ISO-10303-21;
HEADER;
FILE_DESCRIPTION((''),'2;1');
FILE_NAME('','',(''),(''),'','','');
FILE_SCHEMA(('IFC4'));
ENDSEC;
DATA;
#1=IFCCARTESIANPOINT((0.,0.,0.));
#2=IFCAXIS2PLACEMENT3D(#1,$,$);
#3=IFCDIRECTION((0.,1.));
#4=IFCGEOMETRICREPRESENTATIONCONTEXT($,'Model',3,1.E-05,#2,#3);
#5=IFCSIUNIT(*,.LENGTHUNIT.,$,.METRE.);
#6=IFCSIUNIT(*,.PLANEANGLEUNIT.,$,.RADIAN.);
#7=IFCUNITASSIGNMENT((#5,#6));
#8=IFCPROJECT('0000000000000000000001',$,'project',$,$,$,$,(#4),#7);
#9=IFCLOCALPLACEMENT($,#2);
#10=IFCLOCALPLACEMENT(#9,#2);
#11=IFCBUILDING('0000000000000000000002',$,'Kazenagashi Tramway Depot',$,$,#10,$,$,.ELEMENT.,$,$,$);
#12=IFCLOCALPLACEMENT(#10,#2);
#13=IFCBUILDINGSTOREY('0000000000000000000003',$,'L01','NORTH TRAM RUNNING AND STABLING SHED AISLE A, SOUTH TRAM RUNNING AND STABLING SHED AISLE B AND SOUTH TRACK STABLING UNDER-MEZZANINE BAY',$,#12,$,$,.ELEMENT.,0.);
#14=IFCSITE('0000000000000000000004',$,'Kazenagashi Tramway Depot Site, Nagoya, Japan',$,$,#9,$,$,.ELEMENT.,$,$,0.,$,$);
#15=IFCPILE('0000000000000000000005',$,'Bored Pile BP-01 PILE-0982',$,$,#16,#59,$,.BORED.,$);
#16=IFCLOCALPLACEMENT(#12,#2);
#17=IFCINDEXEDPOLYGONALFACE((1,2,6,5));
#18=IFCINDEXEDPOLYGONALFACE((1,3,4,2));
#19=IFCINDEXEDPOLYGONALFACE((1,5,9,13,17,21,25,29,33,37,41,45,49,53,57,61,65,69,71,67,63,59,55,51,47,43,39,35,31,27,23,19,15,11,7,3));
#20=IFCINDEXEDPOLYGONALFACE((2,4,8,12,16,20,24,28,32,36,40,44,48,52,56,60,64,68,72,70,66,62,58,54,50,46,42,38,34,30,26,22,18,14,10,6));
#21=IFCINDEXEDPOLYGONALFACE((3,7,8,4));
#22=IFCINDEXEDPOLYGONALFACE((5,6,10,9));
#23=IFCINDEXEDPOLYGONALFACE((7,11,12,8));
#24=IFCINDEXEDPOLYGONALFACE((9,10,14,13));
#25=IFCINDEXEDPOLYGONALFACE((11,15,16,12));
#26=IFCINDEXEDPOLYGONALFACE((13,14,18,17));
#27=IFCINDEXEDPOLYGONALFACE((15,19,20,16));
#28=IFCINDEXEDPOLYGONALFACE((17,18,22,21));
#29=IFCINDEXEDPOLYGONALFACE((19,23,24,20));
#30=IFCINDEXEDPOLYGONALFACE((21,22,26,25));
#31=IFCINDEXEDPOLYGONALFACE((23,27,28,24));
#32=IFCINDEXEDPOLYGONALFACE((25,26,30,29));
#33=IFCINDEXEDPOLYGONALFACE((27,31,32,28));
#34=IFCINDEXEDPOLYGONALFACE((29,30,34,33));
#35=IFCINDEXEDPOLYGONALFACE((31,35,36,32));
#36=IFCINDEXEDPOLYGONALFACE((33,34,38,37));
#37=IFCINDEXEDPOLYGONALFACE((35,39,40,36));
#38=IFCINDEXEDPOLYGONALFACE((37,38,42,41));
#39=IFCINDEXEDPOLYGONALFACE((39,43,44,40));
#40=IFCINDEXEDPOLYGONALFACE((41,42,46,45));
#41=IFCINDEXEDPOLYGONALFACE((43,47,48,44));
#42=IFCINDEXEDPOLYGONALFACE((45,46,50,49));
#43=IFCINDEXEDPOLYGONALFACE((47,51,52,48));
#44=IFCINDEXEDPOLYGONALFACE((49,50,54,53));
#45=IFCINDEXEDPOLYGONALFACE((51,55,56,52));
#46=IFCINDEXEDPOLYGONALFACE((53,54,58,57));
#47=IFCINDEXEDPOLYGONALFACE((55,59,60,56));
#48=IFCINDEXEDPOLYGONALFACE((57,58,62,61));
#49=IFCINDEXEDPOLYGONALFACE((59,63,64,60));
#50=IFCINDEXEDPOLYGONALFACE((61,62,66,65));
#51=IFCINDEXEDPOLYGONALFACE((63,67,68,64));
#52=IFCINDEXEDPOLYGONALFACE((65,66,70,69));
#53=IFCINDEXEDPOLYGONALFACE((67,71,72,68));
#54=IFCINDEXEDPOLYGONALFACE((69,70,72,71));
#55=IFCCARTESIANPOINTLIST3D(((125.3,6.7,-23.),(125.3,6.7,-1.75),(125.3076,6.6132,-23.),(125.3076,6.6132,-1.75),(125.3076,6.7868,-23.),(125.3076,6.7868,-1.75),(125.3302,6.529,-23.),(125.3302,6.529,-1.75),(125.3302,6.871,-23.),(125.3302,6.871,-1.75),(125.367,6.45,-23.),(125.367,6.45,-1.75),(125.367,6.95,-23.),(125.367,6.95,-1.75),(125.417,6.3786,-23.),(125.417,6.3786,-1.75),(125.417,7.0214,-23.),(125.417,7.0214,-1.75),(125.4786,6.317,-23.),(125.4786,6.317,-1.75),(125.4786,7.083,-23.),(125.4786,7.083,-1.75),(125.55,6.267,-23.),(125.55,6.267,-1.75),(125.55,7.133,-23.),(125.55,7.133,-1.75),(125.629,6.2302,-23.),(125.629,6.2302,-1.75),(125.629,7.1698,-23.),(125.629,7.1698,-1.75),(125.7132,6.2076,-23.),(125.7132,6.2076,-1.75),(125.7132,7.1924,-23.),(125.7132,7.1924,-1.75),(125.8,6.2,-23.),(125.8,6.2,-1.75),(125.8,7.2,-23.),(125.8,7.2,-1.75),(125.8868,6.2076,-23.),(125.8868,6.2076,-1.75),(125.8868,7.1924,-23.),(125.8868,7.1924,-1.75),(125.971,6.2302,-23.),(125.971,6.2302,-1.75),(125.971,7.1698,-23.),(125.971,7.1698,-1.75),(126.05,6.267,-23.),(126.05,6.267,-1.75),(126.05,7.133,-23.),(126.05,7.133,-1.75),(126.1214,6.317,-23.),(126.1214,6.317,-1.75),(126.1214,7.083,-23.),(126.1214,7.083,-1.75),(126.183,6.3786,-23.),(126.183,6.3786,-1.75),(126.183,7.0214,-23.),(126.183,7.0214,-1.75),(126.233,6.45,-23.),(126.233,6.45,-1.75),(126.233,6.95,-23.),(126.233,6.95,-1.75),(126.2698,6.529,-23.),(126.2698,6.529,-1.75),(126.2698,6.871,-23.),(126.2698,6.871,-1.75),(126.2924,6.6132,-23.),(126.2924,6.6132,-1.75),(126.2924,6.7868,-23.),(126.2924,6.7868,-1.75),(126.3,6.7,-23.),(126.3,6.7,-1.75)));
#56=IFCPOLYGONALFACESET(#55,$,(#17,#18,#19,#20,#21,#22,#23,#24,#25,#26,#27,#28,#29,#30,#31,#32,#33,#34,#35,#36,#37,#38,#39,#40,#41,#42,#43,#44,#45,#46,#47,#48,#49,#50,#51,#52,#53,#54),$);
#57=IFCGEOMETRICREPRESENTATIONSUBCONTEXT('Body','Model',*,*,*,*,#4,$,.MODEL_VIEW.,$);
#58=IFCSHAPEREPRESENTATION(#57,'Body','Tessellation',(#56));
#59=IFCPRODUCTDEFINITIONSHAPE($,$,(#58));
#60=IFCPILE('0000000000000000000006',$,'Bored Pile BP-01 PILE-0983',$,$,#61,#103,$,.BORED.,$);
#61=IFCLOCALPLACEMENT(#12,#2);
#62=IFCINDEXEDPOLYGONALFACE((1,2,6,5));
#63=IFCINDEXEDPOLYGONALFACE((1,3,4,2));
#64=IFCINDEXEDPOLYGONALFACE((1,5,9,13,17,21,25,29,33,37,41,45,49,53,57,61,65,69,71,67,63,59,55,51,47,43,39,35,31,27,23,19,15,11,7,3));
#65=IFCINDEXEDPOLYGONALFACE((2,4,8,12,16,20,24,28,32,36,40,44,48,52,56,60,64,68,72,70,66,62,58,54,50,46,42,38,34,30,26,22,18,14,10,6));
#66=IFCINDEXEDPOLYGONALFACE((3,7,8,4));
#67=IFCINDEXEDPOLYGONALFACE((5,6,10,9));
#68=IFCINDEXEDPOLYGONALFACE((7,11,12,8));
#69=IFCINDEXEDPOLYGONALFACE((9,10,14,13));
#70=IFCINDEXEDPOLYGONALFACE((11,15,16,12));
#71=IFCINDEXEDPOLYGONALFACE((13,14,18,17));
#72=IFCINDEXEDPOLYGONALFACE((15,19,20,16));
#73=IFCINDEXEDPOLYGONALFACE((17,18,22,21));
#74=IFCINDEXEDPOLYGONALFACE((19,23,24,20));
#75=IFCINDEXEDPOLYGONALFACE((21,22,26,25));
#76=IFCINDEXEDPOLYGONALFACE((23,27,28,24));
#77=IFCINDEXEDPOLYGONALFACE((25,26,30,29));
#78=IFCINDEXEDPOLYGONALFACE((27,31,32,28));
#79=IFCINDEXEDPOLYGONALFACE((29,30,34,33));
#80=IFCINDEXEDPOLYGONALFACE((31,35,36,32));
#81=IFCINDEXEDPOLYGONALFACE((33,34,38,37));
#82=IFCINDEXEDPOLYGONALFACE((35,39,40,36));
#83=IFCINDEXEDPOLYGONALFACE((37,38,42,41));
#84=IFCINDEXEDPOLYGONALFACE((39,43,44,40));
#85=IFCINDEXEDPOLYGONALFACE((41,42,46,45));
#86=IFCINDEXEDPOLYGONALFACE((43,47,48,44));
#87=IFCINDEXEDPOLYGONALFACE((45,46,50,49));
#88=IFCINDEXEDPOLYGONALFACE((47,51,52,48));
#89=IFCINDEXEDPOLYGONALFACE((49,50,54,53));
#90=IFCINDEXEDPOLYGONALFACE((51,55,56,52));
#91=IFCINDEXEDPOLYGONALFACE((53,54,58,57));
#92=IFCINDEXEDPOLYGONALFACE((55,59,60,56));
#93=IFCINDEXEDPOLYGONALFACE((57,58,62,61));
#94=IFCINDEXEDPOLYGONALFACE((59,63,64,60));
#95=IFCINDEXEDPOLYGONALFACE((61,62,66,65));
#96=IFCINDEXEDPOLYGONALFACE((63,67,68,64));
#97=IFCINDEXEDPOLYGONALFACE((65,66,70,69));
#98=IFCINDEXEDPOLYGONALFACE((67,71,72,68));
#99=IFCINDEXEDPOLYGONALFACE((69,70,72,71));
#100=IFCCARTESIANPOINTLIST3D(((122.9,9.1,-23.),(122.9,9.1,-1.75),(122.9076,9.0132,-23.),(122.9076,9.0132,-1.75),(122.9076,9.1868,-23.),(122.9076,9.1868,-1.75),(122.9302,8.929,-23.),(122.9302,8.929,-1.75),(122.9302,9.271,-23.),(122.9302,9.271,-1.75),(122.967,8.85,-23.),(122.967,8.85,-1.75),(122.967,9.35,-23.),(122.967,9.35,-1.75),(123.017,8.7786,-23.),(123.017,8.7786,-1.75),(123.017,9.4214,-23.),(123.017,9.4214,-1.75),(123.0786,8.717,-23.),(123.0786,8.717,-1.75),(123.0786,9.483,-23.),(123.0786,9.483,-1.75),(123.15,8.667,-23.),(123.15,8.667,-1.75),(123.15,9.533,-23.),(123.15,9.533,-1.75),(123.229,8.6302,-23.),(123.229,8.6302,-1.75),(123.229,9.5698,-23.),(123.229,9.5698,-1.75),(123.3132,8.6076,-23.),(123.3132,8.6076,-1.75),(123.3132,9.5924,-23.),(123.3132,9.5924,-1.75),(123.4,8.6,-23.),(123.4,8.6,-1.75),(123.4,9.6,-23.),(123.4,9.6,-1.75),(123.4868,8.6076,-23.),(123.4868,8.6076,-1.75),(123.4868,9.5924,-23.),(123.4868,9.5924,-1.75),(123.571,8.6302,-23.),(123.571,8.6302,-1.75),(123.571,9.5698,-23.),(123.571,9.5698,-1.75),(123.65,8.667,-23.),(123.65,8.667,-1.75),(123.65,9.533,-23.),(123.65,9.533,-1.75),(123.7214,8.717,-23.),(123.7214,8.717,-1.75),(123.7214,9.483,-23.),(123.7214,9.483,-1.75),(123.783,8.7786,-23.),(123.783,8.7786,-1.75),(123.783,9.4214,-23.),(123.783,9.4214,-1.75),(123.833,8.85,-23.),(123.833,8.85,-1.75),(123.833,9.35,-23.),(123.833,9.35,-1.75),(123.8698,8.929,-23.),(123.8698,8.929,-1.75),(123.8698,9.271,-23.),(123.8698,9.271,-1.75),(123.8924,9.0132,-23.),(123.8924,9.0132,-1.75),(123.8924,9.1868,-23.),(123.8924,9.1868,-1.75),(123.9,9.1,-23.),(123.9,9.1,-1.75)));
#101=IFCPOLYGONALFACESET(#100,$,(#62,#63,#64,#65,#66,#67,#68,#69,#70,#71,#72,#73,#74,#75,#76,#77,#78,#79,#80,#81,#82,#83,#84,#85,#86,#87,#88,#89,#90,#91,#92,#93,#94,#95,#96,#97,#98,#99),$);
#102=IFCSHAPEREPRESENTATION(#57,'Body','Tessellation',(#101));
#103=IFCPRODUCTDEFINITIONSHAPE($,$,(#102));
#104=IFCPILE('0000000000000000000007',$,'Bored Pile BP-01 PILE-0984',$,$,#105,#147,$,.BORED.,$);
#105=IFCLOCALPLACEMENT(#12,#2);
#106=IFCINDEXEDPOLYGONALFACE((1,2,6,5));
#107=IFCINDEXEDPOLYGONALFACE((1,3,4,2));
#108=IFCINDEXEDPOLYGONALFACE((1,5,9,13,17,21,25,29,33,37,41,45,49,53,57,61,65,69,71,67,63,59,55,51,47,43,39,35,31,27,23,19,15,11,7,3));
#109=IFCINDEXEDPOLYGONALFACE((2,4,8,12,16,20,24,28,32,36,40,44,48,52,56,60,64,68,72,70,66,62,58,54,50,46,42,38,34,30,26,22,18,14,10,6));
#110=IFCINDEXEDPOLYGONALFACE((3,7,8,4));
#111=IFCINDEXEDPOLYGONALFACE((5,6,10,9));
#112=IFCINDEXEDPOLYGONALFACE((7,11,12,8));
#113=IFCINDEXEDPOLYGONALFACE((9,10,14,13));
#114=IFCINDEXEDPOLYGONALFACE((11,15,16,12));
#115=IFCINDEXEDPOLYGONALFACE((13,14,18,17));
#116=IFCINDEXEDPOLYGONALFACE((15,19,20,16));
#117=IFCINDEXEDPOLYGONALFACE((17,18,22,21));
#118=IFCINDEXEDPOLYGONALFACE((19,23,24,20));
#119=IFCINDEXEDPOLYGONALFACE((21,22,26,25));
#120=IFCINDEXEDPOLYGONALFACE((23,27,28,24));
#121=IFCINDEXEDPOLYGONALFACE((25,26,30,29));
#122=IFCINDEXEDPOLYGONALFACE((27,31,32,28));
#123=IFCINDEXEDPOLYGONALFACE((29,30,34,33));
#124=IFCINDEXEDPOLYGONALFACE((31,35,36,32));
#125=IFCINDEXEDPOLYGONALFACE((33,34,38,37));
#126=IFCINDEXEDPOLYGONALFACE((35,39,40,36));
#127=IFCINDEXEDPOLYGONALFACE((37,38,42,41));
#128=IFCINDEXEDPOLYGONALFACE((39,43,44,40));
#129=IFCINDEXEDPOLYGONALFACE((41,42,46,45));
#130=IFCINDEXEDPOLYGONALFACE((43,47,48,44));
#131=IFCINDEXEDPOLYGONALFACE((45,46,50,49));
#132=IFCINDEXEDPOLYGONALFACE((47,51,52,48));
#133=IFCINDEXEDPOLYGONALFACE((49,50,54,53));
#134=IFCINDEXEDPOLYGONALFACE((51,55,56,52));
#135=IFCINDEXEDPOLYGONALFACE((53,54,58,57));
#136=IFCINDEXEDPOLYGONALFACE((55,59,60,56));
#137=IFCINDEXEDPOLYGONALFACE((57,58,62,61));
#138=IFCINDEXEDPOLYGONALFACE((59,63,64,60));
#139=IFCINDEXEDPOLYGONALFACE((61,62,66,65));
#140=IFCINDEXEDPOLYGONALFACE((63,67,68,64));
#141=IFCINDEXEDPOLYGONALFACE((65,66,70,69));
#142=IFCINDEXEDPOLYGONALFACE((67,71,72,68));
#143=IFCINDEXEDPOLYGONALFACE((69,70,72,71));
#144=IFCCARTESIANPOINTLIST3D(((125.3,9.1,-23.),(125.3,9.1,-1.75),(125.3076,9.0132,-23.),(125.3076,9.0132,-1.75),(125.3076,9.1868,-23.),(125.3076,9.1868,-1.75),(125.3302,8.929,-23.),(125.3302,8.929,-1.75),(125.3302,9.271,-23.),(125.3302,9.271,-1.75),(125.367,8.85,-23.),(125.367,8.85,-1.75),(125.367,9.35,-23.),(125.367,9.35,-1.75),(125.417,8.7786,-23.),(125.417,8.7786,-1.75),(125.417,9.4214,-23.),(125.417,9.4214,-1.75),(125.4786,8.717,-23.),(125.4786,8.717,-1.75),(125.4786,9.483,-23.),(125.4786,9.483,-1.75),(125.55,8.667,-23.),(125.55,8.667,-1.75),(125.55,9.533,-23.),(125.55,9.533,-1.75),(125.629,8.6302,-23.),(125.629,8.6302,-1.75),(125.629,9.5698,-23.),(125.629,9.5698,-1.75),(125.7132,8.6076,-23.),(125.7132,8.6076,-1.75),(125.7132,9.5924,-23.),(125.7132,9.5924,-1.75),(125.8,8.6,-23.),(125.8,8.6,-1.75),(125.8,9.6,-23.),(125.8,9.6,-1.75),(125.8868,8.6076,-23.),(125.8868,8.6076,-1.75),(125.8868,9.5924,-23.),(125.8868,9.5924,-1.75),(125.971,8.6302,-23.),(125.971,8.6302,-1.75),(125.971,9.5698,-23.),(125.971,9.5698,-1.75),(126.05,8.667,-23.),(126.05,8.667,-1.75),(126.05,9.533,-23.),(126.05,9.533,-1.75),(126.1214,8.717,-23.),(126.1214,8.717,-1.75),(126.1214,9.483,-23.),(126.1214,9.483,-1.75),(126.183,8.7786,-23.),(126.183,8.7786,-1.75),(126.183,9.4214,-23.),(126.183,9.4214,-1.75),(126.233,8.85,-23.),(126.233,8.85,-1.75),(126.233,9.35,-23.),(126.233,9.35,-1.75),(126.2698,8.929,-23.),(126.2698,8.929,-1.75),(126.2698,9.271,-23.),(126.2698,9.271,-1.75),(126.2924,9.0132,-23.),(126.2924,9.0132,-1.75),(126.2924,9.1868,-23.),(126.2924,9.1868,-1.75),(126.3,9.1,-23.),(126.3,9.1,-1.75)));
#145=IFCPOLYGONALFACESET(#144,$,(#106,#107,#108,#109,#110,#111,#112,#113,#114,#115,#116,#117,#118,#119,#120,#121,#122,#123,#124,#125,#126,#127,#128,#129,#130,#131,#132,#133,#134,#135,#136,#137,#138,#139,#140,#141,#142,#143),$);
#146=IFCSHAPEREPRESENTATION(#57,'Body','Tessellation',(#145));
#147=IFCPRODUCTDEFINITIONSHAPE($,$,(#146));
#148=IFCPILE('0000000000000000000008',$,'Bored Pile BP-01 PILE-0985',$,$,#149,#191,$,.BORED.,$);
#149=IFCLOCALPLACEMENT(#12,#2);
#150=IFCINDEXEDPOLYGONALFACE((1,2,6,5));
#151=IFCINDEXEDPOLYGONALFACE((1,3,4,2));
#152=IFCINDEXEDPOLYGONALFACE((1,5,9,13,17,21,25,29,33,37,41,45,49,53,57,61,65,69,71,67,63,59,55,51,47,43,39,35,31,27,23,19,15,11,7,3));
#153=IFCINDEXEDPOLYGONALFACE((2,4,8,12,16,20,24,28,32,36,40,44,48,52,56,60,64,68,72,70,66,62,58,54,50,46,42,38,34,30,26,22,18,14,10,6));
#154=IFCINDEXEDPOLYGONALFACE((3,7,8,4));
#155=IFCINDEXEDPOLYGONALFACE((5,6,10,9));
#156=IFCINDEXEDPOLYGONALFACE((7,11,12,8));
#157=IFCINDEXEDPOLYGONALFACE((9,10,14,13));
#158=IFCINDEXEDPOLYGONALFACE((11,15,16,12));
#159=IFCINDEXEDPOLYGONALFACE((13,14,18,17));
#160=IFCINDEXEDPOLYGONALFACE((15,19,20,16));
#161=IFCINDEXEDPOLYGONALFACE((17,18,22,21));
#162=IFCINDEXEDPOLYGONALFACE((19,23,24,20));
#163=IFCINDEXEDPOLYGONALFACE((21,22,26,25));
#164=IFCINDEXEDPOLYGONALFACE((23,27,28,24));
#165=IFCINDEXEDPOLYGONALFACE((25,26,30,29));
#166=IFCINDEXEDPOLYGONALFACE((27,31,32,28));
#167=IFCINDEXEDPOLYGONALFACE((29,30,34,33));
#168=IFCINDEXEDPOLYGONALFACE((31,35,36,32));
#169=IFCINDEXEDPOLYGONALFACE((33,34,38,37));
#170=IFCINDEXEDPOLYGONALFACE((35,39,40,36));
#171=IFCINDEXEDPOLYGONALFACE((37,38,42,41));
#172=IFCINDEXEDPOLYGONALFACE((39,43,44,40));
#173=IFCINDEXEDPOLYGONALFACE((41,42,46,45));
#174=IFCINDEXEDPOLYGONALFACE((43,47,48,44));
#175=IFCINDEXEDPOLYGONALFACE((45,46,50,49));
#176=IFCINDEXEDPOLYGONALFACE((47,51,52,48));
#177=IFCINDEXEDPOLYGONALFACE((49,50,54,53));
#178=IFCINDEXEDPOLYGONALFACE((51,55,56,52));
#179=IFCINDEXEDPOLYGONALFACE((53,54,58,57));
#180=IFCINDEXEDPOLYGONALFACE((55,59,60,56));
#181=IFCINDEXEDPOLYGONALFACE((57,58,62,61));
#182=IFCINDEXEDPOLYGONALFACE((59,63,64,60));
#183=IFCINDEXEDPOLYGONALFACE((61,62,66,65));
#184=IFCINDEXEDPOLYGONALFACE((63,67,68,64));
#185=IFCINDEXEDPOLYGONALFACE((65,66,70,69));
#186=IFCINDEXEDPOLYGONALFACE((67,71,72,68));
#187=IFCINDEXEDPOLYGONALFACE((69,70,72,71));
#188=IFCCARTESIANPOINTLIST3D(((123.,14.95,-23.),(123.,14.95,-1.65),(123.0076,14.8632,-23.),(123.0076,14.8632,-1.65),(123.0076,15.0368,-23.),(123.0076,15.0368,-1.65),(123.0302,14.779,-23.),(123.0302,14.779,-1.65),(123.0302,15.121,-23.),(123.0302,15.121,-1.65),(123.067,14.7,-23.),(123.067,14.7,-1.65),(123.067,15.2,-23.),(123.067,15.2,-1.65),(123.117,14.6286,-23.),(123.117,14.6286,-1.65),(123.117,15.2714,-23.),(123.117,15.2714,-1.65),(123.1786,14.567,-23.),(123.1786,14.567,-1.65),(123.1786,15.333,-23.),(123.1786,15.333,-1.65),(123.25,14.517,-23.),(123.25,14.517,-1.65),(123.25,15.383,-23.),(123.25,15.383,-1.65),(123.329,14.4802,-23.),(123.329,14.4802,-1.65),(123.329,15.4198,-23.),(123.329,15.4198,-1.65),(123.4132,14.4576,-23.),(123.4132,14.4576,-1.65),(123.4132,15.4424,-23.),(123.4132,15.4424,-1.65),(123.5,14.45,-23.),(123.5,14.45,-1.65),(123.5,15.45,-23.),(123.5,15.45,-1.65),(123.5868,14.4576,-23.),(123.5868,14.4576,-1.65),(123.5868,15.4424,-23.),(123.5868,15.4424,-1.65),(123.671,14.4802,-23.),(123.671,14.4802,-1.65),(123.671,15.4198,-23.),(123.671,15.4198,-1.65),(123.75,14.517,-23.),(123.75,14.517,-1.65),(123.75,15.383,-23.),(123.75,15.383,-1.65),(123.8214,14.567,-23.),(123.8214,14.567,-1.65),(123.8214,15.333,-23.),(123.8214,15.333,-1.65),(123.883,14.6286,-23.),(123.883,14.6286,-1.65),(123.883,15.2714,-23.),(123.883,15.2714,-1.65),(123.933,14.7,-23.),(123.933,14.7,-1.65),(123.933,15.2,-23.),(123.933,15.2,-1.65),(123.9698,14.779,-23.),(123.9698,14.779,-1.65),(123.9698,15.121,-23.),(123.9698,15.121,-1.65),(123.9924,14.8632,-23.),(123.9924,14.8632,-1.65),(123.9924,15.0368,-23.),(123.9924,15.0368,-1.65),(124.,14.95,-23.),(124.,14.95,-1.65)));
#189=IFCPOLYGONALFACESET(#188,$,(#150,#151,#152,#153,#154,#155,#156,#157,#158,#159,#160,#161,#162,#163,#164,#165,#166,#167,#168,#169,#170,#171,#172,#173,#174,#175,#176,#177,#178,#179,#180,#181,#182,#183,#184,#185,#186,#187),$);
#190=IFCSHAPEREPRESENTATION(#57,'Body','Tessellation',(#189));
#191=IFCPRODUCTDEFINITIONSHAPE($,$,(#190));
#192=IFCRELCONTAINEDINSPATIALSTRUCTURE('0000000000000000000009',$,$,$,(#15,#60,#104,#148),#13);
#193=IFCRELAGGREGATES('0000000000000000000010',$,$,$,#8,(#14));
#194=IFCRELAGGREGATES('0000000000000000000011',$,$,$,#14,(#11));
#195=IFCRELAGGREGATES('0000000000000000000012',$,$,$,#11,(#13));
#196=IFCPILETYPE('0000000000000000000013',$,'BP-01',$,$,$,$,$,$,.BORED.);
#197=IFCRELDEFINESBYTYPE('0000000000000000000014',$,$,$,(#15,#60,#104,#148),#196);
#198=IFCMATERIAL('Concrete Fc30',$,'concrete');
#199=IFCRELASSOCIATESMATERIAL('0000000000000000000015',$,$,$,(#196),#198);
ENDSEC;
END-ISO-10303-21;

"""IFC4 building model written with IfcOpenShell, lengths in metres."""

from ifc_helpers import new_model, si_unit, direction, frame, origin, origin_2d, place, context, subcontext, project, spatial, circle, extrude, material, material_profile, profile_set, type_object, element, save


model = new_model("IFC4")

# Units and contexts
model_context = context("Model", 3, precision=1e-05, world=origin(), true_north=direction((0.0, 1.0)))
body_context = subcontext(model_context, "Body", "Model", "MODEL_VIEW")
ifc_project = project(units=[si_unit("LENGTHUNIT", "METRE"), si_unit("PLANEANGLEUNIT", "RADIAN")], contexts=[model_context])

# Site, building, storey
site_placement = place(None, origin())
site = spatial("IfcSite", under=ifc_project, at=site_placement, Name="Kazenagashi Tramway Depot Site, Nagoya, Japan", CompositionType="ELEMENT", RefElevation=0.0)
building_placement = place(site_placement, origin())
building = spatial("IfcBuilding", under=site, at=building_placement, Name="Kazenagashi Tramway Depot", CompositionType="ELEMENT")
storey_placement = place(building_placement, origin())
storey = spatial("IfcBuildingStorey", under=building, at=storey_placement, Name="L01", Description="NORTH TRAM RUNNING AND STABLING SHED AISLE A, SOUTH TRAM RUNNING AND STABLING SHED AISLE B AND SOUTH TRACK STABLING UNDER-MEZZANINE BAY", CompositionType="ELEMENT", Elevation=0.0)

# Piles
ifc_material_1 = material(Name="Concrete Fc30", Category="concrete")
ifc_material_profile_1 = material_profile(ifc_material_1, circle(Radius=0.5, at=origin_2d()), Name="PILE-1000")
ifc_profile_set_1 = profile_set([ifc_material_profile_1], Name="Concrete Fc30")
pile_type = type_object("IfcPileType", Name="BP-01", PredefinedType="BORED", material=ifc_profile_set_1)
for number, where, z_axis, x_axis, name in (
    (1, (125.8, 6.7, -1.75), (0.0, 0.0, -1.0), (1.0, 0.0, 0.0), "Bored Pile BP-01 PILE-0982"),
    (2, (123.4, 9.1, -1.75), (0.0, 0.0, -1.0), (1.0, 0.0, 0.0), "Bored Pile BP-01 PILE-0983"),
    (3, (125.8, 9.1, -1.75), (0.0, 0.0, -1.0), (1.0, 0.0, 0.0), "Bored Pile BP-01 PILE-0984"),
):
    element("IfcPile", number, at=place(storey_placement, frame(where, z_axis=z_axis, x_axis=x_axis)), inside=storey, type_object=pile_type, Name=name, PredefinedType="BORED", context=body_context, shape_type="SweptSolid", body=[
        extrude(circle(Radius=0.5, at=origin_2d()), origin(), (0.0, 0.0, 1.0), 21.25),
    ])
for number, where, z_axis, x_axis, name in (
    (4, (123.5, 14.95, -1.65), (0.0, 0.0, -1.0), (1.0, 0.0, 0.0), "Bored Pile BP-01 PILE-0985"),
):
    element("IfcPile", number, at=place(storey_placement, frame(where, z_axis=z_axis, x_axis=x_axis)), inside=storey, type_object=pile_type, Name=name, PredefinedType="BORED", context=body_context, shape_type="SweptSolid", body=[
        extrude(circle(Radius=0.5, at=origin_2d()), origin(), (0.0, 0.0, 1.0), 21.35),
    ])

save(model, "model.ifc")
